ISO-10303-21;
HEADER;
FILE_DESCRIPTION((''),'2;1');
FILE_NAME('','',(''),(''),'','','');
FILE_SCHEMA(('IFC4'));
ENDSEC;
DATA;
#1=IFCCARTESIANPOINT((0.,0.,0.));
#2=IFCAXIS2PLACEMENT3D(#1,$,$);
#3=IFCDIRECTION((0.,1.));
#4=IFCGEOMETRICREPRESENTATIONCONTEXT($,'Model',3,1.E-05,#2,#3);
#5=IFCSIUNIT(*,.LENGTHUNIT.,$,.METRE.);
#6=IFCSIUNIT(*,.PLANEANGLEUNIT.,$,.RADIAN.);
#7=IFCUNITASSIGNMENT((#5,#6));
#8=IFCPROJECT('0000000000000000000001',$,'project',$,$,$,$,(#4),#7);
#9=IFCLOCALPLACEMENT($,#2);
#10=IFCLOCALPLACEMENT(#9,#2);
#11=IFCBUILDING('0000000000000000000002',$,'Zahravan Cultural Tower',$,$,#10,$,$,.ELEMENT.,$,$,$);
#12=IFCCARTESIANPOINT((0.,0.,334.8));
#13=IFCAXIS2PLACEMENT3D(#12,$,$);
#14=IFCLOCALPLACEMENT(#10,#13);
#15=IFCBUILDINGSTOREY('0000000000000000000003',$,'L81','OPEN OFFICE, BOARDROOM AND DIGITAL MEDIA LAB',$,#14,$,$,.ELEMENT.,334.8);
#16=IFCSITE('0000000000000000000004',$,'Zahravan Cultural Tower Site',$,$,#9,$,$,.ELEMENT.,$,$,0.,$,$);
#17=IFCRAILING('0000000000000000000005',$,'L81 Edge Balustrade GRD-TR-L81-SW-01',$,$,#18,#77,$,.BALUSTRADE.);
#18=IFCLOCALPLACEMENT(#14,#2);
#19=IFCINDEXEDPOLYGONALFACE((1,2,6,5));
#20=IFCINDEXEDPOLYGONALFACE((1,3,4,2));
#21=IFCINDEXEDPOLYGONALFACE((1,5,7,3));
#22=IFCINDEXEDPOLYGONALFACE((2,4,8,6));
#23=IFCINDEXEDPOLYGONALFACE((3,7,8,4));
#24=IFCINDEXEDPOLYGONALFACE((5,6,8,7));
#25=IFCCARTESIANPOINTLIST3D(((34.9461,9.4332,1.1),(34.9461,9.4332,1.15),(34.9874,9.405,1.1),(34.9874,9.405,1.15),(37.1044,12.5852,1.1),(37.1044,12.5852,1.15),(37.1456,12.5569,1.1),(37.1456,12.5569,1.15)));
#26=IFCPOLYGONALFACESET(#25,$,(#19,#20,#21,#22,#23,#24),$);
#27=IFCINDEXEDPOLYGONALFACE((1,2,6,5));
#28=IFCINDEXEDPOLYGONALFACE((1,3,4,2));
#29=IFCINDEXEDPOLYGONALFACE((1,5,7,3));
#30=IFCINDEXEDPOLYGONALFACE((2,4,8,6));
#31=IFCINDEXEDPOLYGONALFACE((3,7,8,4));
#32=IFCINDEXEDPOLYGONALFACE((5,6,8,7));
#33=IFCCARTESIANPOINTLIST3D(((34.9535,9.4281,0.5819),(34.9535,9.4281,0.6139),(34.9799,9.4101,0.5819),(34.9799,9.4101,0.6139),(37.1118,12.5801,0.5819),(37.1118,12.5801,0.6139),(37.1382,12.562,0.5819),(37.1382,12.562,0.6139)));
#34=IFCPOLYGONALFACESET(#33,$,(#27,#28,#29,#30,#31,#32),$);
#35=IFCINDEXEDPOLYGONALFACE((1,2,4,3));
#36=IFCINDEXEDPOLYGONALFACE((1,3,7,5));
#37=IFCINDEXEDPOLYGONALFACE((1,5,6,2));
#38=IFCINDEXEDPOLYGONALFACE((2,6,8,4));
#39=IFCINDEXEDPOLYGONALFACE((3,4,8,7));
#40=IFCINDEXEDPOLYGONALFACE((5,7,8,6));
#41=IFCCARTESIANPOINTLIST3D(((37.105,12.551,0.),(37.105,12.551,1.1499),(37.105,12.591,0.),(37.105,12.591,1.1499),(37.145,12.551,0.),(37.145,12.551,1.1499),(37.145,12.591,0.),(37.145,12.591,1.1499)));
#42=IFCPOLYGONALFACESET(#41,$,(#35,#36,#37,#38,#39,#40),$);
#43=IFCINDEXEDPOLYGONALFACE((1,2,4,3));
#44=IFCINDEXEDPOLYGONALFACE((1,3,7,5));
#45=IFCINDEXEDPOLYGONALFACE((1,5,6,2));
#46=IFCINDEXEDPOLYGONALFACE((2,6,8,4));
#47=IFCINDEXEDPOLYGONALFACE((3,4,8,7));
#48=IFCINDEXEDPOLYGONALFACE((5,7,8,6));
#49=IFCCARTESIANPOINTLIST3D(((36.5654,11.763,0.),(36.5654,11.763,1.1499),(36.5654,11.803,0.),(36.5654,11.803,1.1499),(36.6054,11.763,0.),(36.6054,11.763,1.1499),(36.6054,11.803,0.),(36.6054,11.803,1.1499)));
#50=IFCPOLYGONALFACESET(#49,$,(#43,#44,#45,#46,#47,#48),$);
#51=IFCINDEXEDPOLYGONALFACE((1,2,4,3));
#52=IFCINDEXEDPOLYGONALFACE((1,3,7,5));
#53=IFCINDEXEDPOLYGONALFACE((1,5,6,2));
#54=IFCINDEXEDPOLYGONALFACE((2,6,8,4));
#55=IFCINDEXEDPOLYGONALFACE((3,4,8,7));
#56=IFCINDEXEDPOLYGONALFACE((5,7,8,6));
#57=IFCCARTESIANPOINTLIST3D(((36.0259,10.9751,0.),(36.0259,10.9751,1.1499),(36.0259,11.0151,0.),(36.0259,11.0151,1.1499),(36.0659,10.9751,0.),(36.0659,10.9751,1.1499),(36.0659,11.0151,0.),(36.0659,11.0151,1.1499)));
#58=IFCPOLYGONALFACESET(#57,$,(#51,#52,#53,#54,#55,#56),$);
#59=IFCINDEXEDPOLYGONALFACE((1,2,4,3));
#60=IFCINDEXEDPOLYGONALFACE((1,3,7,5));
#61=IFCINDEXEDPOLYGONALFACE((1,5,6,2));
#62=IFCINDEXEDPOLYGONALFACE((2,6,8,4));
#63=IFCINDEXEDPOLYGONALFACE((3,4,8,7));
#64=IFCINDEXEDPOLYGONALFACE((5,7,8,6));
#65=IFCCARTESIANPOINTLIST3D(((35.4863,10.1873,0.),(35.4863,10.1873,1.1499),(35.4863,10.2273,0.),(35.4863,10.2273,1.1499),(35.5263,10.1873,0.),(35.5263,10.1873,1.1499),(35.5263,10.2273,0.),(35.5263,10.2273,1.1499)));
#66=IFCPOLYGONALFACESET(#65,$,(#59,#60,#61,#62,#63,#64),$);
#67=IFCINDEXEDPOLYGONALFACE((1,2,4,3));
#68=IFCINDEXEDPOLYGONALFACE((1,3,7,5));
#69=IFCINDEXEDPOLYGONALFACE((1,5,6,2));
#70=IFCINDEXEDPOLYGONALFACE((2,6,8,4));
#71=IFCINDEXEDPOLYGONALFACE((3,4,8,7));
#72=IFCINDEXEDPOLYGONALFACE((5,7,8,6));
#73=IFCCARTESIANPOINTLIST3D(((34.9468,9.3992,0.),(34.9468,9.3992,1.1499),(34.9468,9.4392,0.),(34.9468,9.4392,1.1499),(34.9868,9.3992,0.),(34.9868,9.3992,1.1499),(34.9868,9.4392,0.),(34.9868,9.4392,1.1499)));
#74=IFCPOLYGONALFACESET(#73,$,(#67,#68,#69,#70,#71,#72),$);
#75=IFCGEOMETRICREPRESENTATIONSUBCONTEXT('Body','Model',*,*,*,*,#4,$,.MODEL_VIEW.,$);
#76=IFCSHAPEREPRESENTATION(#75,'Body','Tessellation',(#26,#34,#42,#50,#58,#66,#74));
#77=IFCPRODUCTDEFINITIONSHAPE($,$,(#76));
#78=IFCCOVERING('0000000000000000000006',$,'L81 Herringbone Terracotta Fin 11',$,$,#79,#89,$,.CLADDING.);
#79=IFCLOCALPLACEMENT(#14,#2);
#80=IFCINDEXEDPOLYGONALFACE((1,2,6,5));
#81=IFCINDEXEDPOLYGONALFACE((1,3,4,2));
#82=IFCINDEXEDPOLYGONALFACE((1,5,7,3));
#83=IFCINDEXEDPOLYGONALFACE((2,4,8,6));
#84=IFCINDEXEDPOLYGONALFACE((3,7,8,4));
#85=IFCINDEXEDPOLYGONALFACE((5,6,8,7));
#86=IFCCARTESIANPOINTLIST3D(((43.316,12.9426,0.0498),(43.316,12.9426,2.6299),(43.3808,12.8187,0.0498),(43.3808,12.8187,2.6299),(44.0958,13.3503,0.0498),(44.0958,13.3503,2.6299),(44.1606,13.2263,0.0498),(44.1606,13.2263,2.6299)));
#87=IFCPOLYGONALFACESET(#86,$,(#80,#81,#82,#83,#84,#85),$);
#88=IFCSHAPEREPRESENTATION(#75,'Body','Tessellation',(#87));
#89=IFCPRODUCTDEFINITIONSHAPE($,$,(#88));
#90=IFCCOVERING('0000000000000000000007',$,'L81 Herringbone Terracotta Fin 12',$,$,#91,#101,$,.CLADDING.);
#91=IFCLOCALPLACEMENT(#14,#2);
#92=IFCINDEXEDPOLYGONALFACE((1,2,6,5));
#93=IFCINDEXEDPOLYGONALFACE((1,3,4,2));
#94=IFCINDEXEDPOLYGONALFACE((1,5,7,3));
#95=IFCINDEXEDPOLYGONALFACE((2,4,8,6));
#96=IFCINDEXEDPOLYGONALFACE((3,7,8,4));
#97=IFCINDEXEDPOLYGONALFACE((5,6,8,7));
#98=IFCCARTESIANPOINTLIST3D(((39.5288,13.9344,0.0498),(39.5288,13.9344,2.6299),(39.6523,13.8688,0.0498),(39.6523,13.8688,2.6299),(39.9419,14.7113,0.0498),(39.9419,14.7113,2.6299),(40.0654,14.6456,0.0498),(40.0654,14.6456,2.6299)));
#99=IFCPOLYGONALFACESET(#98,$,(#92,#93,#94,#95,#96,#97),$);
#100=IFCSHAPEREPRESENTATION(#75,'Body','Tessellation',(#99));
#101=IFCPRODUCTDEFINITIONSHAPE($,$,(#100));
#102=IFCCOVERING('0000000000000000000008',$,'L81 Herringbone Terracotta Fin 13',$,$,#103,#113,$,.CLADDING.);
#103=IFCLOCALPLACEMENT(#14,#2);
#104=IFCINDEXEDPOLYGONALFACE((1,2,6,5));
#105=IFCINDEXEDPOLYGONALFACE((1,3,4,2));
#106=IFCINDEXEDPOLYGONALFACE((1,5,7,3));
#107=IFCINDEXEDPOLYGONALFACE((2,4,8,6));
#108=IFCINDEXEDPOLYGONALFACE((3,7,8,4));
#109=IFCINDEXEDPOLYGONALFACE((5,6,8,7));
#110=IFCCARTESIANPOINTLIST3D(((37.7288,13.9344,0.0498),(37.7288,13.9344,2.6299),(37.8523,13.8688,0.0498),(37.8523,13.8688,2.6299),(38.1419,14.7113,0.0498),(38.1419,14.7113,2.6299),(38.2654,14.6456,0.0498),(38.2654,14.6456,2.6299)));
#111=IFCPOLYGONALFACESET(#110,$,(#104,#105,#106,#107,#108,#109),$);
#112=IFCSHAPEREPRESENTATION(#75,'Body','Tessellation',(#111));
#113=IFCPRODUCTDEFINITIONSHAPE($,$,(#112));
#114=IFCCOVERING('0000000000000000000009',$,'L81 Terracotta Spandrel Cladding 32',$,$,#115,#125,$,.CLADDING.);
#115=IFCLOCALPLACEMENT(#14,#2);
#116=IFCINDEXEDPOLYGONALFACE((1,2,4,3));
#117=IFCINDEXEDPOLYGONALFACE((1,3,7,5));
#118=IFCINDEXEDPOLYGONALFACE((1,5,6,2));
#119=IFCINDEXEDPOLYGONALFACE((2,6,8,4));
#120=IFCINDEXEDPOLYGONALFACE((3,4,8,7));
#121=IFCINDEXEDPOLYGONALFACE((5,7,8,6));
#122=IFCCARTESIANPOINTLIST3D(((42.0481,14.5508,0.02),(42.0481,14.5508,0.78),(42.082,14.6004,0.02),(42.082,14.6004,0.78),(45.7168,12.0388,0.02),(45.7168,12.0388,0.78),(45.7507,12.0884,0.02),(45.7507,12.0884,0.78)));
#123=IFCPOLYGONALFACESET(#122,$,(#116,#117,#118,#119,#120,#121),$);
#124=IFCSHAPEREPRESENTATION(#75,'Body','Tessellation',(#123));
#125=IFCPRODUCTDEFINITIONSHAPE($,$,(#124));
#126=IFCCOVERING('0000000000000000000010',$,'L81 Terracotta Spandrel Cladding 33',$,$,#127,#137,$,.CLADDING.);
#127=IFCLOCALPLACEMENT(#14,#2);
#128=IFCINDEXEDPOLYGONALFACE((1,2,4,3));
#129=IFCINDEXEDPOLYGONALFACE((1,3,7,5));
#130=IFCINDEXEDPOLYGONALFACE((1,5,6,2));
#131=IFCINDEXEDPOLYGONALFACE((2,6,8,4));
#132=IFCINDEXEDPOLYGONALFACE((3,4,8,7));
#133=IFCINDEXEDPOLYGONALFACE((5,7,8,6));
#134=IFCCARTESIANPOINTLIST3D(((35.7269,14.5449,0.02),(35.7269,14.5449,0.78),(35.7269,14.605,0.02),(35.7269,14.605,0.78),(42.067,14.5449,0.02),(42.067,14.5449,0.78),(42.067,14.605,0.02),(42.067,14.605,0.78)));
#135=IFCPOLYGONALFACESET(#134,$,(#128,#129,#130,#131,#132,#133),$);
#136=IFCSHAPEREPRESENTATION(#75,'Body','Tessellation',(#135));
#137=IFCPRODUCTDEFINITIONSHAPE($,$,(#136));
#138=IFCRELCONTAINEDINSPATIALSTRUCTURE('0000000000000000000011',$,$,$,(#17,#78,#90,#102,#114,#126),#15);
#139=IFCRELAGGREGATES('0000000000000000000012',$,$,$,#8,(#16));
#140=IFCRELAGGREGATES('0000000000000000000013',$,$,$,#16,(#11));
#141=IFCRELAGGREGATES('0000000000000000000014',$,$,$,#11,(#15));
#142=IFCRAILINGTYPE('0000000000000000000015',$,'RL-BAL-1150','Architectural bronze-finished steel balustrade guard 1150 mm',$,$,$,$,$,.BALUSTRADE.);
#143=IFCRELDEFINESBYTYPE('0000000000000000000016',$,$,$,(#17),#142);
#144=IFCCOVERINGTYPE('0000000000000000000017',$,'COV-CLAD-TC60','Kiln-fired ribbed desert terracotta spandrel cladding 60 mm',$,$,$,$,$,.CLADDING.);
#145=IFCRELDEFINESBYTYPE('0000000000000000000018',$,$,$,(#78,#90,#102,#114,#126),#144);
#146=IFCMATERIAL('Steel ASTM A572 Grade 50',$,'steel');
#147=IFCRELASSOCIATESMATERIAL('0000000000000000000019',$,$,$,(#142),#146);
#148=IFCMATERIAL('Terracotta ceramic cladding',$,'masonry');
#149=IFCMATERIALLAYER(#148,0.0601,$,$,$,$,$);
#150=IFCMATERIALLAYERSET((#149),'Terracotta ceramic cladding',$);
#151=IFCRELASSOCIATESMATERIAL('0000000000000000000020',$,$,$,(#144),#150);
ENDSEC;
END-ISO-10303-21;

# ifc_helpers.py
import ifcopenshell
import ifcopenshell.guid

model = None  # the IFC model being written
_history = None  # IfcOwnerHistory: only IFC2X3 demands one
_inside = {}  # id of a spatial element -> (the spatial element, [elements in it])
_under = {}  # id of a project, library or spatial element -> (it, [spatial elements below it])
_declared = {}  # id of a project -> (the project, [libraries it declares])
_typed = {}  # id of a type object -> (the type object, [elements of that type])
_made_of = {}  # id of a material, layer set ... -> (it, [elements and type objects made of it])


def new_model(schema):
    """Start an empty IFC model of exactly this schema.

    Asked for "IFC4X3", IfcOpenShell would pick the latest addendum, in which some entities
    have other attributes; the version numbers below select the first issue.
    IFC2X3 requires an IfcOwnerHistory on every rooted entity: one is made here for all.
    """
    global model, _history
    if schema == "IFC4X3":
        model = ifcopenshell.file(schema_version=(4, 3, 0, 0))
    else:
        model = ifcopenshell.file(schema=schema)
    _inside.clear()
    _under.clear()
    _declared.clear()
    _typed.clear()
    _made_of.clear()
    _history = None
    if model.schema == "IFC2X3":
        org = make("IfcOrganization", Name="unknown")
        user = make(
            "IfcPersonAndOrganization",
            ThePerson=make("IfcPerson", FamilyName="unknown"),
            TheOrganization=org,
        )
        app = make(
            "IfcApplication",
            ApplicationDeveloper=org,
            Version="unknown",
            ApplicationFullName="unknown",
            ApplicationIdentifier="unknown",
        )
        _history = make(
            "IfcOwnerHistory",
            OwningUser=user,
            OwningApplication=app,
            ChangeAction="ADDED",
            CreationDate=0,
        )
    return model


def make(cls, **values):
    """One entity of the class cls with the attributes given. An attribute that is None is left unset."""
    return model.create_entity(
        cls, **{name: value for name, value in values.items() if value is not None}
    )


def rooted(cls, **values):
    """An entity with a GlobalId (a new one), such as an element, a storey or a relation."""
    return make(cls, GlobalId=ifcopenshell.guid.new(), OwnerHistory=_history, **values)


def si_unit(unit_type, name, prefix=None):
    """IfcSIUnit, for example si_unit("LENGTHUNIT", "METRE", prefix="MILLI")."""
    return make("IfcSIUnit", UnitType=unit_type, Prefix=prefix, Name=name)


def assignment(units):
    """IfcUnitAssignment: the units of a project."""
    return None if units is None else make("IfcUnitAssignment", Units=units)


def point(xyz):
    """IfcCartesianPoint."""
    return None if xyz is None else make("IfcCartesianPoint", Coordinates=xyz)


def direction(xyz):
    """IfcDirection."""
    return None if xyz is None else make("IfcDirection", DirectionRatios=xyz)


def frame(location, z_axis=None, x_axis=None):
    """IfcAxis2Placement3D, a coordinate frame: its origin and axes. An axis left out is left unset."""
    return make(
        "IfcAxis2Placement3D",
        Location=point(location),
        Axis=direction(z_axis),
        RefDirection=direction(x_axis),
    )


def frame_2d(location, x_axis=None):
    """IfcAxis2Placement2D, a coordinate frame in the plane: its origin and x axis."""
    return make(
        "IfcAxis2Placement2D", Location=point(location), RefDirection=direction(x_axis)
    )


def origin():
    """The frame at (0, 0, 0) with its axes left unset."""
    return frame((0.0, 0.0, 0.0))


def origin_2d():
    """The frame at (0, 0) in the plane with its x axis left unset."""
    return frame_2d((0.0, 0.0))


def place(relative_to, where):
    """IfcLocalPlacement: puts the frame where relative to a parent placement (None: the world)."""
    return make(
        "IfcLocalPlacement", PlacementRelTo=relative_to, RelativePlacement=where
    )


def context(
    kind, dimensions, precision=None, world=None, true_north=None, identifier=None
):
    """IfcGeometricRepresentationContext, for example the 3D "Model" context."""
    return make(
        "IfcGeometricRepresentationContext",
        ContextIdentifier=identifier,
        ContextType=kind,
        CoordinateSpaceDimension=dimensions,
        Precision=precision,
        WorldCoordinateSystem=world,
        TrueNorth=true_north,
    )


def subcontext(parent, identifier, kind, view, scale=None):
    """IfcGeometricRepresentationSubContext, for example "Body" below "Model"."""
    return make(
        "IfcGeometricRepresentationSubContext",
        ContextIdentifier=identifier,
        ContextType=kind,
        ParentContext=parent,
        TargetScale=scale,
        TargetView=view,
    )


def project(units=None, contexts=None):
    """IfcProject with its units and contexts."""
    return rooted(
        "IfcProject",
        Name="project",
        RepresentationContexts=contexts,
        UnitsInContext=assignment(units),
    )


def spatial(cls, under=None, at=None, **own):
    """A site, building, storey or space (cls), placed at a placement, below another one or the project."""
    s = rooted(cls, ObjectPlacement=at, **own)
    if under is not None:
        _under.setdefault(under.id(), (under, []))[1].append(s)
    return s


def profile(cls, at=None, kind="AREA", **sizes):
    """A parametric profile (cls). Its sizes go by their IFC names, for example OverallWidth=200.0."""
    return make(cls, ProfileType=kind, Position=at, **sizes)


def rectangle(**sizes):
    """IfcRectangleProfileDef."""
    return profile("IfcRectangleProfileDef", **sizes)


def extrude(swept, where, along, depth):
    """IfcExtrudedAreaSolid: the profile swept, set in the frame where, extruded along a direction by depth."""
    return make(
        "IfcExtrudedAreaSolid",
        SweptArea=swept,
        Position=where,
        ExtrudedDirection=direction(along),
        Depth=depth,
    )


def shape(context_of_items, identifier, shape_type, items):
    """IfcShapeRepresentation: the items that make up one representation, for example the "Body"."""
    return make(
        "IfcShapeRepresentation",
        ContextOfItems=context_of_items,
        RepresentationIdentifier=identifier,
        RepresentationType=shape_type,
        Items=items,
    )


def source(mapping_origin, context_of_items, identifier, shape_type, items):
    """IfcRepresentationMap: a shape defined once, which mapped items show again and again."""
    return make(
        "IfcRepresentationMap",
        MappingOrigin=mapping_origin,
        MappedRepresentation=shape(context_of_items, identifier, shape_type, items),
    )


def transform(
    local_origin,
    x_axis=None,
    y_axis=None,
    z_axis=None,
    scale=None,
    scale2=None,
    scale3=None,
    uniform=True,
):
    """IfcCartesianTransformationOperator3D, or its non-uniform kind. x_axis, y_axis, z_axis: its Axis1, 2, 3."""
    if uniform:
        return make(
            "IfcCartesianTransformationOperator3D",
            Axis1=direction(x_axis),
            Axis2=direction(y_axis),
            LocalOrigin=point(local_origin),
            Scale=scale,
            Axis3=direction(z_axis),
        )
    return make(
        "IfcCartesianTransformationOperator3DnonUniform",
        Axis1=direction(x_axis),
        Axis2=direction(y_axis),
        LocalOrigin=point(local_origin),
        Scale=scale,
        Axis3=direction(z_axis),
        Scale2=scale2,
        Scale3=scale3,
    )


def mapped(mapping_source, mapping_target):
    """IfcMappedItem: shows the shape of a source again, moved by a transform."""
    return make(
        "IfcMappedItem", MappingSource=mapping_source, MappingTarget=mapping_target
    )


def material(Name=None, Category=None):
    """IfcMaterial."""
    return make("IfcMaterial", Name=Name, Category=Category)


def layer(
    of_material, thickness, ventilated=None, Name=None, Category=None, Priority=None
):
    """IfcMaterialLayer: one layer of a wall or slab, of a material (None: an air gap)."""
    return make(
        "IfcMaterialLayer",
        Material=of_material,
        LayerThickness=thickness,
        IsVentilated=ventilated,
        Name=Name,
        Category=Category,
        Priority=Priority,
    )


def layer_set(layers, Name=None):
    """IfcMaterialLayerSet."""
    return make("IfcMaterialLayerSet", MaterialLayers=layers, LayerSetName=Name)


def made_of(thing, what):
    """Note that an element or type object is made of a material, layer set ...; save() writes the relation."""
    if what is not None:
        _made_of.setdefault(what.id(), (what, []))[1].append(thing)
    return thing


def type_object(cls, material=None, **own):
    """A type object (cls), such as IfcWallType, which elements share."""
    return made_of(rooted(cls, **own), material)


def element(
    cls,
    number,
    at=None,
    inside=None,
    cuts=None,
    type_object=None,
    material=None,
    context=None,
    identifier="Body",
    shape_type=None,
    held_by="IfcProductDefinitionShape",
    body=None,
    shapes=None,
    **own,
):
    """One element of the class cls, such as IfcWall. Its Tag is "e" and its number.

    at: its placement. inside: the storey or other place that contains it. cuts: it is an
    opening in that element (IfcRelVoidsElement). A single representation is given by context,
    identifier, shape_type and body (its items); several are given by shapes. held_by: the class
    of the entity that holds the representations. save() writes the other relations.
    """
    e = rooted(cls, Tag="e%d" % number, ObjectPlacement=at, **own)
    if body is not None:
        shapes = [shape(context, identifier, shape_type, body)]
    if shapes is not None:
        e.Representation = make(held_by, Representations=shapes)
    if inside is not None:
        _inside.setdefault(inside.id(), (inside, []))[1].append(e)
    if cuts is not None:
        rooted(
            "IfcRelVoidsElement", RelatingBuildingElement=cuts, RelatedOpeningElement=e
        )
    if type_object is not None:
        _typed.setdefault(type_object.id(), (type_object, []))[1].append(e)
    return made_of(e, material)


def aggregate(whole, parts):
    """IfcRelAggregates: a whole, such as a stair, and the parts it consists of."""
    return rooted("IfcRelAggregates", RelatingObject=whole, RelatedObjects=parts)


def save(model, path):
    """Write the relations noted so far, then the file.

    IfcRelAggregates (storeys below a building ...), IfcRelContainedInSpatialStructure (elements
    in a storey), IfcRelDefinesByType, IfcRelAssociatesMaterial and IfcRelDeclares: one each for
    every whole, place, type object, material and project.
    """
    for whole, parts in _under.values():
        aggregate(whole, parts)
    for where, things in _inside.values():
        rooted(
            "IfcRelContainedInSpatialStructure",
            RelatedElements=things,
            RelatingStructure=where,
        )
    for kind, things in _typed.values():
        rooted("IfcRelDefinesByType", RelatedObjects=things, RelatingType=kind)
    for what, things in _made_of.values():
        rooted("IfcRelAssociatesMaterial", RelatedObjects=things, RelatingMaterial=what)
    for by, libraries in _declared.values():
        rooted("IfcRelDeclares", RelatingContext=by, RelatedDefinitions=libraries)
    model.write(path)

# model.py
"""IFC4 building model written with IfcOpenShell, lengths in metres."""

from ifc_helpers import new_model, si_unit, direction, frame, origin, origin_2d, place, context, subcontext, project, spatial, rectangle, extrude, source, transform, mapped, material, layer, layer_set, type_object, element, save


model = new_model("IFC4")

# Units and contexts
model_context = context("Model", 3, precision=1e-05, world=origin(), true_north=direction((0.0, 1.0)))
body_context = subcontext(model_context, "Body", "Model", "MODEL_VIEW")
ifc_project = project(units=[si_unit("LENGTHUNIT", "METRE"), si_unit("PLANEANGLEUNIT", "RADIAN")], contexts=[model_context])

# Site, building, storey
site_placement = place(None, origin())
site = spatial("IfcSite", under=ifc_project, at=site_placement, Name="Zahravan Cultural Tower Site", CompositionType="ELEMENT", RefElevation=0.0)
building_placement = place(site_placement, origin())
building = spatial("IfcBuilding", under=site, at=building_placement, Name="Zahravan Cultural Tower", CompositionType="ELEMENT")
storey_placement = place(building_placement, frame((0.0, 0.0, 334.8)))
storey = spatial("IfcBuildingStorey", under=building, at=storey_placement, Name="L81", Description="OPEN OFFICE, BOARDROOM AND DIGITAL MEDIA LAB", CompositionType="ELEMENT", Elevation=334.8)

# Shared definitions
ifc_material_1 = material(Name="Steel ASTM A572 Grade 50", Category="steel")

# Railing
railing_type = type_object("IfcRailingType", Name="RL-BAL-1150", Description="Architectural bronze-finished steel balustrade guard 1150 mm", PredefinedType="BALUSTRADE", material=ifc_material_1)
railing_placement = place(storey_placement, frame((37.125, 12.571, 0.0)))
element("IfcRailing", 1, at=railing_placement, inside=storey, type_object=railing_type, Name="L81 Edge Balustrade GRD-TR-L81-SW-01", PredefinedType="BALUSTRADE", context=body_context, shape_type="SweptSolid", body=[
    extrude(rectangle(XDim=0.05, YDim=0.05, at=origin_2d()), frame((0.0, 0.0, 1.125), z_axis=(-0.564982, -0.825103, 0.0), x_axis=(0.825103, -0.564982, 0.0)), (0.0, 0.0, 1.0), 3.8201),
    extrude(rectangle(XDim=0.032, YDim=0.032, at=origin_2d()), frame((0.0, 0.0, 0.5979), z_axis=(-0.564982, -0.825103, 0.0), x_axis=(0.825103, -0.564982, 0.0)), (0.0, 0.0, 1.0), 3.8201),
    extrude(rectangle(XDim=0.04, YDim=0.04, at=origin_2d()), origin(), (0.0, 0.0, 1.0), 1.1499),
    extrude(rectangle(XDim=0.04, YDim=0.04, at=origin_2d()), frame((-0.5396, -0.7881, 0.0)), (0.0, 0.0, 1.0), 1.1499),
    extrude(rectangle(XDim=0.04, YDim=0.04, at=origin_2d()), frame((-1.0791, -1.5759, 0.0)), (0.0, 0.0, 1.0), 1.1499),
    extrude(rectangle(XDim=0.04, YDim=0.04, at=origin_2d()), frame((-1.6187, -2.3638, 0.0)), (0.0, 0.0, 1.0), 1.1499),
    extrude(rectangle(XDim=0.04, YDim=0.04, at=origin_2d()), frame((-2.1582, -3.1519, 0.0)), (0.0, 0.0, 1.0), 1.1499),
])

# Coverings
ifc_material_2 = material(Name="Terracotta ceramic cladding", Category="masonry")
ifc_layer_1 = layer(ifc_material_2, 0.0601)
ifc_layer_set_1 = layer_set([ifc_layer_1], Name="Terracotta ceramic cladding")
covering_type = type_object("IfcCoveringType", Name="COV-CLAD-TC60", Description="Kiln-fired ribbed desert terracotta spandrel cladding 60 mm", PredefinedType="CLADDING", material=ifc_layer_set_1)
shared_shape_1 = source(origin(), body_context, "Body", "SweptSolid", [
    extrude(rectangle(XDim=0.8799, YDim=0.1399, at=origin_2d()), origin(), (0.0, 0.0, 1.0), 2.5801),
])
for number, where, z_axis, x_axis, name in (
    (2, (43.7383, 13.0845, 0.0498), (0.0, 0.0, 1.0), (-0.886204, -0.463296, 0.0), "L81 Herringbone Terracotta Fin 11"),
    (3, (39.7971, 14.29, 0.0498), (0.0, 0.0, 1.0), (-0.469472, -0.882948, 0.0), "L81 Herringbone Terracotta Fin 12"),
    (4, (37.9971, 14.29, 0.0498), (0.0, 0.0, 1.0), (-0.469472, -0.882948, 0.0), "L81 Herringbone Terracotta Fin 13"),
):
    element("IfcCovering", number, at=place(storey_placement, frame(where, z_axis=z_axis, x_axis=x_axis)), inside=storey, type_object=covering_type, Name=name, PredefinedType="CLADDING", context=body_context, shape_type="MappedRepresentation", body=[
        mapped(shared_shape_1, transform((0.0, 0.0, 0.0), x_axis=(1.0, 0.0, 0.0), y_axis=(0.0, 1.0, 0.0), z_axis=(0.0, 0.0, 1.0), scale=1.0)),
    ])
shared_shape_2 = source(origin(), body_context, "Body", "SweptSolid", [
    extrude(rectangle(XDim=4.4463, YDim=0.0601, at=origin_2d()), origin(), (0.0, 0.0, 1.0), 0.76),
])
covering_1_placement = place(storey_placement, frame((43.8994, 13.3196, 0.02), z_axis=(0.0, 0.0, 1.0), x_axis=(-0.825113, 0.564967, 0.0)))
element("IfcCovering", 5, at=covering_1_placement, inside=storey, type_object=covering_type, Name="L81 Terracotta Spandrel Cladding 32", PredefinedType="CLADDING", context=body_context, shape_type="MappedRepresentation", body=[
    mapped(shared_shape_2, transform((0.0, 0.0, 0.0), x_axis=(1.0, 0.0, 0.0), y_axis=(0.0, 1.0, 0.0), z_axis=(0.0, 0.0, 1.0), scale=1.0)),
])
shared_shape_3 = source(origin(), body_context, "Body", "SweptSolid", [
    extrude(rectangle(XDim=6.3401, YDim=0.0601, at=origin_2d()), origin(), (0.0, 0.0, 1.0), 0.76),
])
covering_2_placement = place(storey_placement, frame((38.897, 14.575, 0.02), z_axis=(0.0, 0.0, 1.0), x_axis=(-1.0, 0.0, 0.0)))
element("IfcCovering", 6, at=covering_2_placement, inside=storey, type_object=covering_type, Name="L81 Terracotta Spandrel Cladding 33", PredefinedType="CLADDING", context=body_context, shape_type="MappedRepresentation", body=[
    mapped(shared_shape_3, transform((0.0, 0.0, 0.0), x_axis=(1.0, 0.0, 0.0), y_axis=(0.0, 1.0, 0.0), z_axis=(0.0, 0.0, 1.0), scale=1.0)),
])

save(model, "model.ifc")
